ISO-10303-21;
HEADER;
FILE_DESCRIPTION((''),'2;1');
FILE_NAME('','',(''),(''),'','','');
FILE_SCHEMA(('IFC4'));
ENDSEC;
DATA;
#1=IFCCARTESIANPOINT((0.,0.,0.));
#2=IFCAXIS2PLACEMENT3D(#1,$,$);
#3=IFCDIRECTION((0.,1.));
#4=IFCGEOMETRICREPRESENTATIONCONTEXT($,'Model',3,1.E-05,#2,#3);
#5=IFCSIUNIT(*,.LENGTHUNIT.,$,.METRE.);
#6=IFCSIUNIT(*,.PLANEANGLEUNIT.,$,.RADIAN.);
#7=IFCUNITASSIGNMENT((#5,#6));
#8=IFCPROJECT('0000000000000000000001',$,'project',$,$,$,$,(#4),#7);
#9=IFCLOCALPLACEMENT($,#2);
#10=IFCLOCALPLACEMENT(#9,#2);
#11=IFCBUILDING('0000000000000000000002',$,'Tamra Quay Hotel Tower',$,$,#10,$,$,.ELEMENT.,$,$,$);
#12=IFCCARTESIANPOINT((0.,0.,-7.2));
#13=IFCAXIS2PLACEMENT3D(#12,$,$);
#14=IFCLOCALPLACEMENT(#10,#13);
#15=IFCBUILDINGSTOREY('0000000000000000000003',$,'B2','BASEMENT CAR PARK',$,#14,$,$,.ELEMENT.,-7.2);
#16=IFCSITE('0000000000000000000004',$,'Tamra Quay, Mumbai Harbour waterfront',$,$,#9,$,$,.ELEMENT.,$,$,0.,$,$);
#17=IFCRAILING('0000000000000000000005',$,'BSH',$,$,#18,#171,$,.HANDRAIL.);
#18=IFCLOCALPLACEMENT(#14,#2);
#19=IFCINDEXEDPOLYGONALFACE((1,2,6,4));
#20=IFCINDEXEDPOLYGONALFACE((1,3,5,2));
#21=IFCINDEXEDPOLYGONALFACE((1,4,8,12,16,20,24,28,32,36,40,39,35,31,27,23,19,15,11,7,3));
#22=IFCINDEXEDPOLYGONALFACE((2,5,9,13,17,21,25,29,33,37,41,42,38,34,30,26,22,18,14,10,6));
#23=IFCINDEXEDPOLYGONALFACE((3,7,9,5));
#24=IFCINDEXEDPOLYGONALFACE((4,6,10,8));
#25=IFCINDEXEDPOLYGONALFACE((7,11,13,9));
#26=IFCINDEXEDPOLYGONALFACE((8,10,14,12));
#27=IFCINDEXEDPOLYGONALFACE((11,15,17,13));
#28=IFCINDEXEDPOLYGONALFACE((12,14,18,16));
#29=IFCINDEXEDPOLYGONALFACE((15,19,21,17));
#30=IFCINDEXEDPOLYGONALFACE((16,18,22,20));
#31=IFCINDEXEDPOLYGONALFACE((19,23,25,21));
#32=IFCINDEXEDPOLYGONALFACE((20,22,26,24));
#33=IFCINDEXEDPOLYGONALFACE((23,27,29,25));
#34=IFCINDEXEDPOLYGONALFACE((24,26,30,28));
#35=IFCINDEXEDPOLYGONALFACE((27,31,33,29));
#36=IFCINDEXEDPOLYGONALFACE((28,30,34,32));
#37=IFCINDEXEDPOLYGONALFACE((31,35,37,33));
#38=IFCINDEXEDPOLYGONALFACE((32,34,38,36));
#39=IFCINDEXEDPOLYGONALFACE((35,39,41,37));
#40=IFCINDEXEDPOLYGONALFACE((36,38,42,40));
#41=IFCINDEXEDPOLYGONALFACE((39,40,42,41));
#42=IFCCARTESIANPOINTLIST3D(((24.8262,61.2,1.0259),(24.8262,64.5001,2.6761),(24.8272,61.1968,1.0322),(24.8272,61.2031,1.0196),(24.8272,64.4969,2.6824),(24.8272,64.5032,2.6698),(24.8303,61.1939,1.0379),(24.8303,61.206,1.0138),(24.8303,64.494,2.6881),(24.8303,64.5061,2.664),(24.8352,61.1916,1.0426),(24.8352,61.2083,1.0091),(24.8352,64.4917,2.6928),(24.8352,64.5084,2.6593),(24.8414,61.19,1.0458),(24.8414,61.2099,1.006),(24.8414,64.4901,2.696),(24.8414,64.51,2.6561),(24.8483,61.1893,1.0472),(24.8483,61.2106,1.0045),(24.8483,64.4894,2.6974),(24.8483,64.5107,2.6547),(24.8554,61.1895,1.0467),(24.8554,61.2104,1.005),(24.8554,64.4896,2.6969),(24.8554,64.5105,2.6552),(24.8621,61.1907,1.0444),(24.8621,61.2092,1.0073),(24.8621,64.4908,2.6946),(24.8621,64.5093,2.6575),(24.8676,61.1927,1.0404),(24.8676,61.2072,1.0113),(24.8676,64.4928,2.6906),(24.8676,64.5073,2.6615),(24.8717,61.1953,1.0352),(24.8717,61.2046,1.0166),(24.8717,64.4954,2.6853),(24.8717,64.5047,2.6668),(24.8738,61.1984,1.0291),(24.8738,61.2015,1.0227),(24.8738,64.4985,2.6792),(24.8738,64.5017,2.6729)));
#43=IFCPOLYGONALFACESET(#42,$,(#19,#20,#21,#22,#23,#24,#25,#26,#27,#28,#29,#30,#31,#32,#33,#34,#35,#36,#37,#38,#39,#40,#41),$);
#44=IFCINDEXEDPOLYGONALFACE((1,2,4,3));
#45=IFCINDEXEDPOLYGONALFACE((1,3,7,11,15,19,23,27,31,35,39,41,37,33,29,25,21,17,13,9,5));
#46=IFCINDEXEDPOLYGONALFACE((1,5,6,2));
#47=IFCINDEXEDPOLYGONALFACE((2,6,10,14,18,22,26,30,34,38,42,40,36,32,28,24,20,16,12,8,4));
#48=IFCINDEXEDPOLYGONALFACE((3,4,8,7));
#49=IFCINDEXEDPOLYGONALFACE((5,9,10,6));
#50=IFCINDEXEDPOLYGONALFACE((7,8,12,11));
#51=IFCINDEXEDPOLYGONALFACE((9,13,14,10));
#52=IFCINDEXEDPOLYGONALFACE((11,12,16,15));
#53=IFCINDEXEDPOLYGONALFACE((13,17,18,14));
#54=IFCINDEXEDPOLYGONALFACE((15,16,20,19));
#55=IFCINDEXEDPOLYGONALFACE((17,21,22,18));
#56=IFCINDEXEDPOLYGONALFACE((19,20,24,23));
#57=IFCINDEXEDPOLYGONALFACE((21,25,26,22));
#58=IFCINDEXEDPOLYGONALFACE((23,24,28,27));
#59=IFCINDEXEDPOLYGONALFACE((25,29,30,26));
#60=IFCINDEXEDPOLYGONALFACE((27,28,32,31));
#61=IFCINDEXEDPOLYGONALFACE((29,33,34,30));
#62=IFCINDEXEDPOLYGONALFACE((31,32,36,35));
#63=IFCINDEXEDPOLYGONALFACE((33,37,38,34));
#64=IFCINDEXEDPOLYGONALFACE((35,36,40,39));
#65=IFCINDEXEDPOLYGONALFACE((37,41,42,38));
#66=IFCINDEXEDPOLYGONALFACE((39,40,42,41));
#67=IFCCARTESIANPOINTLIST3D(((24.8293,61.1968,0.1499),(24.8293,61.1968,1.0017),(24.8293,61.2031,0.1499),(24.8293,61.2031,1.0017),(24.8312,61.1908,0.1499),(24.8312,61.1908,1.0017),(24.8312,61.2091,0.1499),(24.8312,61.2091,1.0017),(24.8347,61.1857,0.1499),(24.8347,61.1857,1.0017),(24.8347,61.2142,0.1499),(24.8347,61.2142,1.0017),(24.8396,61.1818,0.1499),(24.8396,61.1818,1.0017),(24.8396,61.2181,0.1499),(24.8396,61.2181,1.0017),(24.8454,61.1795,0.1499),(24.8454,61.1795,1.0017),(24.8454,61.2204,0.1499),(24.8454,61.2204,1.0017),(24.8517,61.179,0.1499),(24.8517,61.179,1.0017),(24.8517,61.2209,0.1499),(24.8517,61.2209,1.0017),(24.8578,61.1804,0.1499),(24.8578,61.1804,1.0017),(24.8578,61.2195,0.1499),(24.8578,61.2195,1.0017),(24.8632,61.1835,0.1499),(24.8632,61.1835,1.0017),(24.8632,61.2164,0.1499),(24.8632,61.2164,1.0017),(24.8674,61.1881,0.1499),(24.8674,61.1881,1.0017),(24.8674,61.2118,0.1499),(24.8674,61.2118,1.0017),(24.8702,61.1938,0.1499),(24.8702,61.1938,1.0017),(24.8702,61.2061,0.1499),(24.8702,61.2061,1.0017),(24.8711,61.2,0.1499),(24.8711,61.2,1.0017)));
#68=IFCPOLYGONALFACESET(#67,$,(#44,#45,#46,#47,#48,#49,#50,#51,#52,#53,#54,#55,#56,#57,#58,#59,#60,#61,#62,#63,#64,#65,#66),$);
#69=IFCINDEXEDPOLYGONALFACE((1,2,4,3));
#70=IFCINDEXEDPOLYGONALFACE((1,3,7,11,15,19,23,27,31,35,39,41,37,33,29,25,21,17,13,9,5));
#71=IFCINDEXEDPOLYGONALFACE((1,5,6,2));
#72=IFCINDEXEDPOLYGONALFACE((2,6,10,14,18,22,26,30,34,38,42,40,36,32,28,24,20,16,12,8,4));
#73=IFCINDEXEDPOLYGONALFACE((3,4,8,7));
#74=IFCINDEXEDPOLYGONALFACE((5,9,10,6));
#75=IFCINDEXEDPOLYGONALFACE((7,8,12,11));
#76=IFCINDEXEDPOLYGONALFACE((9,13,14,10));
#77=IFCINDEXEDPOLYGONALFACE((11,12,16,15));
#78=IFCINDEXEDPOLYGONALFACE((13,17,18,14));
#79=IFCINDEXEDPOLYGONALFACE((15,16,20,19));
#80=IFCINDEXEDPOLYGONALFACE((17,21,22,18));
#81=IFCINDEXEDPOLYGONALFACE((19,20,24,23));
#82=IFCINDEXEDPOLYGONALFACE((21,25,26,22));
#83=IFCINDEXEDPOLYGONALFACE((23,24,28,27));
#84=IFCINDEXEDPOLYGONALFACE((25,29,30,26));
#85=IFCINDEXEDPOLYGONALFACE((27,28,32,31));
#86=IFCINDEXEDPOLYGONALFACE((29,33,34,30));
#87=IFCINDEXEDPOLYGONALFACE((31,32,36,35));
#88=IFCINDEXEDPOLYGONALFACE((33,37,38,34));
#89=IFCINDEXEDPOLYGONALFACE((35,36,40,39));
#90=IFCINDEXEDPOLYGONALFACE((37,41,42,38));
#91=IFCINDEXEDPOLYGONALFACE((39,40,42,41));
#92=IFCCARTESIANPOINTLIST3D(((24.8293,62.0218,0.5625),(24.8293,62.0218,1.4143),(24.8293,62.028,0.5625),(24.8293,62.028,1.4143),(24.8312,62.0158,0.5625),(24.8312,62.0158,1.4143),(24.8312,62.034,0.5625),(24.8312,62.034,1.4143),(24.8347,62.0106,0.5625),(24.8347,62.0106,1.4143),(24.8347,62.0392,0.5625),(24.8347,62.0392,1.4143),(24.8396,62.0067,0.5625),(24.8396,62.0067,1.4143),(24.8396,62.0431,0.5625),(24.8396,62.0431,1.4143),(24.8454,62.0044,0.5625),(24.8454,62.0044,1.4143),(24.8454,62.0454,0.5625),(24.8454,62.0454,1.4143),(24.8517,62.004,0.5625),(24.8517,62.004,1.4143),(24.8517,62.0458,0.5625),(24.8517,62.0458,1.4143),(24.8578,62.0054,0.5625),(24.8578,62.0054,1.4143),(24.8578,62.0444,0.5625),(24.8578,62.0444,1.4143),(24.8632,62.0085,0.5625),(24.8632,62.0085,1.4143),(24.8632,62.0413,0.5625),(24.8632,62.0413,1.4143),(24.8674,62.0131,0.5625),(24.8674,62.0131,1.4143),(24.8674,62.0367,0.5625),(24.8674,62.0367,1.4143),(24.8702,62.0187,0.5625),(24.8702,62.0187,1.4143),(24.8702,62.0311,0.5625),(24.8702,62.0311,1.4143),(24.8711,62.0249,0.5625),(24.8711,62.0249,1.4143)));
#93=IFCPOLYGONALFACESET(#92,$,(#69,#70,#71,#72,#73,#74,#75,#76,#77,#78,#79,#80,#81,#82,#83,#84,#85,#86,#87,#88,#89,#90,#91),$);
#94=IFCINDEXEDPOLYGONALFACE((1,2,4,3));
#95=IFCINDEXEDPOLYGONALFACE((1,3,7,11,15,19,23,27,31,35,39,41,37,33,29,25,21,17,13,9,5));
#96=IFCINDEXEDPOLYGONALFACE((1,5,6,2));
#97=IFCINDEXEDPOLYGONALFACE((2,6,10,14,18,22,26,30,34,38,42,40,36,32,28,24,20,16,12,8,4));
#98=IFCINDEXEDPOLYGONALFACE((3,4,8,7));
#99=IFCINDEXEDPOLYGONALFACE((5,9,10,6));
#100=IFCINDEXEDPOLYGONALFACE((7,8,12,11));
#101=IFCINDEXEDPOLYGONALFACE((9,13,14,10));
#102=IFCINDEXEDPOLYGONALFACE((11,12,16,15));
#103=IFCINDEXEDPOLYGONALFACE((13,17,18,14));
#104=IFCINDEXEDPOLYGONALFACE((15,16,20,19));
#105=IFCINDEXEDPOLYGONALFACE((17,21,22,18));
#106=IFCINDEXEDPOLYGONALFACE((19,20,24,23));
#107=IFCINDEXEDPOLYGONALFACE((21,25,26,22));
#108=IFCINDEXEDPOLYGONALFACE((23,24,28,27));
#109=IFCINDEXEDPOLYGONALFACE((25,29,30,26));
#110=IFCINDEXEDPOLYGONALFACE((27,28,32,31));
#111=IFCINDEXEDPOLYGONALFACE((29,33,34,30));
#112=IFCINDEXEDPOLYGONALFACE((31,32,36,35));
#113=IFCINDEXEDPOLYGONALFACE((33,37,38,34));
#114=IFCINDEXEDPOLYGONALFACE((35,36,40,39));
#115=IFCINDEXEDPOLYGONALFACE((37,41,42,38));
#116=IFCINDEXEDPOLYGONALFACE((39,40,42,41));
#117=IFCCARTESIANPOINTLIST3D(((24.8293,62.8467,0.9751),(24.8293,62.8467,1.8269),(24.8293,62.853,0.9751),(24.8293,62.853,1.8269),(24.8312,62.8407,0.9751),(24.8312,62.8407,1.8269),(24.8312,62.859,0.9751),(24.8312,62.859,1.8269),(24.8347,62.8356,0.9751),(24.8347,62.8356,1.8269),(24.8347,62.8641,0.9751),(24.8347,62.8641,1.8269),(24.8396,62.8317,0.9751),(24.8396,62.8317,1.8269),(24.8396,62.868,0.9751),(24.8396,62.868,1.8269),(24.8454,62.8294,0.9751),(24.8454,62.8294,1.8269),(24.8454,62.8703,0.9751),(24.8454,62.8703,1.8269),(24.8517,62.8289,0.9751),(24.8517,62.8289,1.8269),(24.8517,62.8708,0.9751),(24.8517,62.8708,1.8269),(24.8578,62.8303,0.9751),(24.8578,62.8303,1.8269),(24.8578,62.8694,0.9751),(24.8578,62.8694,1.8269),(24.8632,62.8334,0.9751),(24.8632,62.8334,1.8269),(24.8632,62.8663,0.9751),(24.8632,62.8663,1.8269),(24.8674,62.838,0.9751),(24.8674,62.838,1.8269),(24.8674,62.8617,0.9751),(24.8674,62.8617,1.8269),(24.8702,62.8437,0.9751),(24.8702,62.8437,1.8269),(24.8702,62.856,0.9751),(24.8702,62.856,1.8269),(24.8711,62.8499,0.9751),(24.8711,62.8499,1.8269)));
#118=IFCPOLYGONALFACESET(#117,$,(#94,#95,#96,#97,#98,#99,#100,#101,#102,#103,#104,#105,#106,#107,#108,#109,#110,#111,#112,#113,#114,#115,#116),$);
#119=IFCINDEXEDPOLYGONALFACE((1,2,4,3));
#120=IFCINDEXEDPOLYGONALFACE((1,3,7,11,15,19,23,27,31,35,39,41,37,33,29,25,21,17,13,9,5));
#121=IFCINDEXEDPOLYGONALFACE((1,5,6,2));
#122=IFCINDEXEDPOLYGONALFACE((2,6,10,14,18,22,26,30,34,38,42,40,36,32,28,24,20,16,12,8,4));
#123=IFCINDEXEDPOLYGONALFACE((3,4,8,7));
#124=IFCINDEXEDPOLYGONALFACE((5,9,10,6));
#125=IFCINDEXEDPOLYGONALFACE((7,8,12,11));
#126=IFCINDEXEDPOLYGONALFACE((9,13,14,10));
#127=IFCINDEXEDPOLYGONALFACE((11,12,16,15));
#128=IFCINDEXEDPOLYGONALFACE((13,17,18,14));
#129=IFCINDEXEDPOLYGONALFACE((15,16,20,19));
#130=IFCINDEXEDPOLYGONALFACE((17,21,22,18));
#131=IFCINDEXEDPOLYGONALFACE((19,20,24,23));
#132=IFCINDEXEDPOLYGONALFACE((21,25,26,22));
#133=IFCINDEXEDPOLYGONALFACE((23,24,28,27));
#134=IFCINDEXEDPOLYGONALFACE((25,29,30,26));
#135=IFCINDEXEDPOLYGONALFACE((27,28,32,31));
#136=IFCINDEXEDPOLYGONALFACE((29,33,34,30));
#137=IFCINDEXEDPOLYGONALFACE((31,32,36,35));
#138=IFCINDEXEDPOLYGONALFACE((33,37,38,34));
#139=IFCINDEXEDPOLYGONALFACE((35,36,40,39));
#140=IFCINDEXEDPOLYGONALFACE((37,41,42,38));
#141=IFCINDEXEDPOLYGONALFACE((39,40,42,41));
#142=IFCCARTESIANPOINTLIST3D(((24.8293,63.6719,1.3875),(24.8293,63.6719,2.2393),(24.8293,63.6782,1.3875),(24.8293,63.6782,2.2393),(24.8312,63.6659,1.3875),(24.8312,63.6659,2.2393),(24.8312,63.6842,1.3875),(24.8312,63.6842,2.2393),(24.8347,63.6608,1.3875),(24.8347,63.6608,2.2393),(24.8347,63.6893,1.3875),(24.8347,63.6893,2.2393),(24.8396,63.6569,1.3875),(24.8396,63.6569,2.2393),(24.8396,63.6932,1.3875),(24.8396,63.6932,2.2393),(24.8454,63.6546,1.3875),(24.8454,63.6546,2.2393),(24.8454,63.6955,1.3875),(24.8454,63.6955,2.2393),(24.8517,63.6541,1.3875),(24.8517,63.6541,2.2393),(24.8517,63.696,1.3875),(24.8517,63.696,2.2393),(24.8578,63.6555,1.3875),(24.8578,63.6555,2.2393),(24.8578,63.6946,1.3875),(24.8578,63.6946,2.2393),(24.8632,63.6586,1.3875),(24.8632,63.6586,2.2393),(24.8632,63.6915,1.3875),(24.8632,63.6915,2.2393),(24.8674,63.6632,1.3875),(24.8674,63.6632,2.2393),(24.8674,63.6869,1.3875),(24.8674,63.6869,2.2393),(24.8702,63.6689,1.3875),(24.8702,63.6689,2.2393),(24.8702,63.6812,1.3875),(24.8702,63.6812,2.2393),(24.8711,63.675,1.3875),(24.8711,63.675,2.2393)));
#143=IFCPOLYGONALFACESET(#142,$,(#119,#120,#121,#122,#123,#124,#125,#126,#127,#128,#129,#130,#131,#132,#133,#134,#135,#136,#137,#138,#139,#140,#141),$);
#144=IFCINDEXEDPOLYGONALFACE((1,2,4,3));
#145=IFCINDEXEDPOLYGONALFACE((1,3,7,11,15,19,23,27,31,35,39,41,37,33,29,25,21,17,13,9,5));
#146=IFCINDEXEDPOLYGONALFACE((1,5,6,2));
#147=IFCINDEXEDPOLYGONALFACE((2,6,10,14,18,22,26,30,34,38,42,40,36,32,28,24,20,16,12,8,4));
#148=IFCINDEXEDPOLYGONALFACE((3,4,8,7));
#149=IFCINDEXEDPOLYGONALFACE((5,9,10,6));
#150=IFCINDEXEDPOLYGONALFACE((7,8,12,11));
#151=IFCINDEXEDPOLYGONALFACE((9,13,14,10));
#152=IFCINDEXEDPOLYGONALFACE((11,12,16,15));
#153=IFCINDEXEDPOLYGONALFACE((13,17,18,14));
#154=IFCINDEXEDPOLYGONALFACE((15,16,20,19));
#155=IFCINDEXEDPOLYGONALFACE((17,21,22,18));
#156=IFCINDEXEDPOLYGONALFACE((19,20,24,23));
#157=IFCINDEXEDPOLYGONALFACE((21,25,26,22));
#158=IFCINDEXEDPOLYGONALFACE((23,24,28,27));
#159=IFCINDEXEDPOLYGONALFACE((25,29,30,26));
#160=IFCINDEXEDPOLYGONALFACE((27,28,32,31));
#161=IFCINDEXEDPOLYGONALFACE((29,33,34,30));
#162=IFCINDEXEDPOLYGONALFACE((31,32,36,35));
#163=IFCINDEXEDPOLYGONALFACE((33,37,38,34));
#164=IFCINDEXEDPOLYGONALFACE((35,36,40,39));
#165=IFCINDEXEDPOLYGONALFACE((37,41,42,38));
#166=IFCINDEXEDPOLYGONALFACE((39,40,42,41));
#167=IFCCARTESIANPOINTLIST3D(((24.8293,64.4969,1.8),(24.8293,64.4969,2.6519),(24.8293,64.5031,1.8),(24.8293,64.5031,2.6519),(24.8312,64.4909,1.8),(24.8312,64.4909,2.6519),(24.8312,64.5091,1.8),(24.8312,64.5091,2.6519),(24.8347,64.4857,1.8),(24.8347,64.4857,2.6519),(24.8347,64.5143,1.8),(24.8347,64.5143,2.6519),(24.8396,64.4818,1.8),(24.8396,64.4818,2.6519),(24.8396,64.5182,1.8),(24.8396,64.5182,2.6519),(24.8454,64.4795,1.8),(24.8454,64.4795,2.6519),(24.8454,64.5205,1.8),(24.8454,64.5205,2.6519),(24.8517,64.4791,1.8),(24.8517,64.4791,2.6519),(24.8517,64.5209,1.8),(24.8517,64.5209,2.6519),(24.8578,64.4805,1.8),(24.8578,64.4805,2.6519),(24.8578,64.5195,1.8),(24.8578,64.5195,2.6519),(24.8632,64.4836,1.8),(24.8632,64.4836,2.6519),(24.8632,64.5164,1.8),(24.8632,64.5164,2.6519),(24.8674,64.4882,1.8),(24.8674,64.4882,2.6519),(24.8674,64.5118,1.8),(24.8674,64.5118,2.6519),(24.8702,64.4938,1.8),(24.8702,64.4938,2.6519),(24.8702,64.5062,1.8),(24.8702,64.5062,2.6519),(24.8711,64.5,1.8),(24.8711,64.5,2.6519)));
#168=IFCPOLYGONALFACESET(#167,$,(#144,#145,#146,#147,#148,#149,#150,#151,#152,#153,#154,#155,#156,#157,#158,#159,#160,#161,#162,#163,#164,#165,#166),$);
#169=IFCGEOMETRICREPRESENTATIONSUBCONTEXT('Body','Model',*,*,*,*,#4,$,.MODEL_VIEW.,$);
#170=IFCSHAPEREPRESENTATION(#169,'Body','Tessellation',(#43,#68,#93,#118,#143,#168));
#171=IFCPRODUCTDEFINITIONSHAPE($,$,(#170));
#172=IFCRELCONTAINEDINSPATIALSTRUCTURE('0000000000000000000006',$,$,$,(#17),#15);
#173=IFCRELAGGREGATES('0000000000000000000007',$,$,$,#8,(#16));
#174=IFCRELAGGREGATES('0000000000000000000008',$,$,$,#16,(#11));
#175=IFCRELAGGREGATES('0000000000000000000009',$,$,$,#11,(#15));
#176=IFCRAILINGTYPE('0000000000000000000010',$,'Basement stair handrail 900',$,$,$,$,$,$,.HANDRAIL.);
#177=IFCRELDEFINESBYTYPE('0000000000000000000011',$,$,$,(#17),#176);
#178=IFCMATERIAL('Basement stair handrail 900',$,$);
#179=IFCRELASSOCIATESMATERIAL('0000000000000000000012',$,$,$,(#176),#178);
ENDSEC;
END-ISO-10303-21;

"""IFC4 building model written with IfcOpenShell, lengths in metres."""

from ifc_helpers import new_model, si_unit, direction, frame, origin, origin_2d, place, context, subcontext, project, spatial, circle, extrude, material, type_object, element, save


model = new_model("IFC4")

# Units and contexts
model_context = context("Model", 3, precision=1e-05, world=origin(), true_north=direction((0.0, 1.0)))
body_context = subcontext(model_context, "Body", "Model", "MODEL_VIEW")
ifc_project = project(units=[si_unit("LENGTHUNIT", "METRE"), si_unit("PLANEANGLEUNIT", "RADIAN")], contexts=[model_context])

# Site, building, storey
site_placement = place(None, origin())
site = spatial("IfcSite", under=ifc_project, at=site_placement, Name="Tamra Quay, Mumbai Harbour waterfront", CompositionType="ELEMENT", RefElevation=0.0)
building_placement = place(site_placement, origin())
building = spatial("IfcBuilding", under=site, at=building_placement, Name="Tamra Quay Hotel Tower", CompositionType="ELEMENT")
storey_placement = place(building_placement, frame((0.0, 0.0, -7.2)))
storey = spatial("IfcBuildingStorey", under=building, at=storey_placement, Name="B2", Description="BASEMENT CAR PARK", CompositionType="ELEMENT", Elevation=-7.2)

# Railing
ifc_material_1 = material(Name="Basement stair handrail 900")
railing_type_1 = type_object("IfcRailingType", Name="Basement stair handrail 900", PredefinedType="HANDRAIL", material=ifc_material_1)
railing_1_placement = place(storey_placement, frame((24.8501, 61.2, 0.1499)))
element("IfcRailing", 1, at=railing_1_placement, inside=storey, type_object=railing_type_1, Name="BSH", PredefinedType="HANDRAIL", context=body_context, shape_type="SweptSolid", body=[
    extrude(circle(Radius=0.0239, at=origin_2d()), frame((0.0, 0.0, 0.876), z_axis=(0.0, 0.894414, 0.44724), x_axis=(-1.0, 0.0, 0.0)), (0.0, 0.0, 1.0), 3.6897),
    extrude(circle(Radius=0.021, at=origin_2d()), origin(), (0.0, 0.0, 1.0), 0.8518),
    extrude(circle(Radius=0.021, at=origin_2d()), frame((0.0, 0.825, 0.4126)), (0.0, 0.0, 1.0), 0.8518),
    extrude(circle(Radius=0.021, at=origin_2d()), frame((0.0, 1.6499, 0.8252)), (0.0, 0.0, 1.0), 0.8518),
    extrude(circle(Radius=0.021, at=origin_2d()), frame((0.0, 2.4751, 1.2375)), (0.0, 0.0, 1.0), 0.8518),
    extrude(circle(Radius=0.021, at=origin_2d()), frame((0.0, 3.3, 1.6501)), (0.0, 0.0, 1.0), 0.8518),
])

save(model, "model.ifc")
